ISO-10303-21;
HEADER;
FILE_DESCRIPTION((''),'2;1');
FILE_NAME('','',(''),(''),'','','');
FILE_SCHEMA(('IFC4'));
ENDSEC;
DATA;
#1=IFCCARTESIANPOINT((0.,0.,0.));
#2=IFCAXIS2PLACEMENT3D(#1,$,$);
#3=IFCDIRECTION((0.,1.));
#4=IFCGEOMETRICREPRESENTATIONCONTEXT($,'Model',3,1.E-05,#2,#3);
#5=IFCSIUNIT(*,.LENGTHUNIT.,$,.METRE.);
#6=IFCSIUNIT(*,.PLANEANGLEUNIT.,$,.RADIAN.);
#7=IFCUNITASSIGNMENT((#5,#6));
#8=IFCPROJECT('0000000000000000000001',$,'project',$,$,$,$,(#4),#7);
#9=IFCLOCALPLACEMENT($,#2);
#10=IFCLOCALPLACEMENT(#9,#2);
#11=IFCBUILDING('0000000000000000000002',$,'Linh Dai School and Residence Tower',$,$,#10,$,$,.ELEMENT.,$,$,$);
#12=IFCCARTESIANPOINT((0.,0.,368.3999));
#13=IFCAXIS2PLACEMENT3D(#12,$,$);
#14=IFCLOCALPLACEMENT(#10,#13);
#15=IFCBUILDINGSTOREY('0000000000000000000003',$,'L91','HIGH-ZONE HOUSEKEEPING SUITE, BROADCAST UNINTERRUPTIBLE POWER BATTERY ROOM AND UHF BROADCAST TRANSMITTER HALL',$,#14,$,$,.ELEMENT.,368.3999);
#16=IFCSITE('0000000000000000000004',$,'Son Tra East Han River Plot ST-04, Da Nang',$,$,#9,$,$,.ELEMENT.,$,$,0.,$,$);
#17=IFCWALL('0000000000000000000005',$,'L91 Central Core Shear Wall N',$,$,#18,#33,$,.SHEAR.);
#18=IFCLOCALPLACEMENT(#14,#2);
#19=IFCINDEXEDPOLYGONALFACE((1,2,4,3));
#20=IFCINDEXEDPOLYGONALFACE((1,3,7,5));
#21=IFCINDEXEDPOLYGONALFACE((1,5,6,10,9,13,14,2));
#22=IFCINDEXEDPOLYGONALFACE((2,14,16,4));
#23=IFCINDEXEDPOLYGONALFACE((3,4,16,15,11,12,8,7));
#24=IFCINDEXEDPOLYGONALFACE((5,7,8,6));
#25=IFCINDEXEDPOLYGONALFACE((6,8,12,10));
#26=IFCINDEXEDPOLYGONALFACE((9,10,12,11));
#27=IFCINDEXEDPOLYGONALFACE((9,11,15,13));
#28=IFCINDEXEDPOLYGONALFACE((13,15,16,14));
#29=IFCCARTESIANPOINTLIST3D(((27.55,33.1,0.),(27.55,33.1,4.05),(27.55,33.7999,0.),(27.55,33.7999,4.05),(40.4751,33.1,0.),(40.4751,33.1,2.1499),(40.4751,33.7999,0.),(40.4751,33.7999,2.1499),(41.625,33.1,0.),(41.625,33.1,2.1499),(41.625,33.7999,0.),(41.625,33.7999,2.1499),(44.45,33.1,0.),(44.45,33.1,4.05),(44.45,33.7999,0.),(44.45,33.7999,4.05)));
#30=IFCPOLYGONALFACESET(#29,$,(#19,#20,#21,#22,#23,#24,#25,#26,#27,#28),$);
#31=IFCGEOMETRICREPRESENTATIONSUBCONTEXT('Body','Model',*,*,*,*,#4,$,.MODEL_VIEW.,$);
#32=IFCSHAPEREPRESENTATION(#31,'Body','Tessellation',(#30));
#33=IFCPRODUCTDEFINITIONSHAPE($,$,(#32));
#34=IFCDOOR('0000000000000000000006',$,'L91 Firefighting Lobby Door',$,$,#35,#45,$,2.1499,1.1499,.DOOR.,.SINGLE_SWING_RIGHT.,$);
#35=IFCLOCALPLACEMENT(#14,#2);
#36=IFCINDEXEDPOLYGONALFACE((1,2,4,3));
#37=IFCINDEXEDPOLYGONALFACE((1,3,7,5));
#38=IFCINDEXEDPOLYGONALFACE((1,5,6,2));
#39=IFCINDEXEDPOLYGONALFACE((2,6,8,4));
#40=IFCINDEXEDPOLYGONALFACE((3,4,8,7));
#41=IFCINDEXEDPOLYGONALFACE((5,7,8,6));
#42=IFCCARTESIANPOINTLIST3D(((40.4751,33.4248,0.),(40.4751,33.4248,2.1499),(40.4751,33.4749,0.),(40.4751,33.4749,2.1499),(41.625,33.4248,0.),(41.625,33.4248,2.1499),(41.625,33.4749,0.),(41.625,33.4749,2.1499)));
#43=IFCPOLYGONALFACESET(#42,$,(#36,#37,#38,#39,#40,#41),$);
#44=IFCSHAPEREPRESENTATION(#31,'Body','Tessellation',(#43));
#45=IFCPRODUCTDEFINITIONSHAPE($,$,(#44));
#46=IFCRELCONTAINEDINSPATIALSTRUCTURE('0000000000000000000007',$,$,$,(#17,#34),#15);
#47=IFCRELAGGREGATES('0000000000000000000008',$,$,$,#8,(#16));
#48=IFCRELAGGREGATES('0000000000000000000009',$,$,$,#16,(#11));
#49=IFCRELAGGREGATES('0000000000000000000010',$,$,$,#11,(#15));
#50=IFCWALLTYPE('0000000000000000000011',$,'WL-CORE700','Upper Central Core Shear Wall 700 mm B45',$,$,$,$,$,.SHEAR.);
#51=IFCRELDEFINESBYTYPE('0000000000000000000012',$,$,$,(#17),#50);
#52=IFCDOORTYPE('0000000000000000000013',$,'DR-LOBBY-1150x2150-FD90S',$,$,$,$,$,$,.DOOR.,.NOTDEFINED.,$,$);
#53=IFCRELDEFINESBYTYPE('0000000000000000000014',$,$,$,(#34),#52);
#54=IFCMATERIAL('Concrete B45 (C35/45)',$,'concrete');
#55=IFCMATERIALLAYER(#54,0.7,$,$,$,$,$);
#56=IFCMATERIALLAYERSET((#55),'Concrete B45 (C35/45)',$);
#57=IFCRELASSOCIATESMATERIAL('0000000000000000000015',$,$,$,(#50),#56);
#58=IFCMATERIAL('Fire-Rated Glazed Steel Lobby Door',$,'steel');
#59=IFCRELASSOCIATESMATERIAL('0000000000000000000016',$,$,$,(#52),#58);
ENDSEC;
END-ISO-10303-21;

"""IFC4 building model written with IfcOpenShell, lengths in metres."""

from ifc_helpers import new_model, si_unit, direction, frame, frame_2d, origin, origin_2d, place, context, subcontext, project, spatial, rectangle, extrude, source, transform, mapped, material, layer, layer_set, type_object, element, fill, save


model = new_model("IFC4")

# Units and contexts
model_context = context("Model", 3, precision=1e-05, world=origin(), true_north=direction((0.0, 1.0)))
body_context = subcontext(model_context, "Body", "Model", "MODEL_VIEW")
ifc_project = project(units=[si_unit("LENGTHUNIT", "METRE"), si_unit("PLANEANGLEUNIT", "RADIAN")], contexts=[model_context])

# Site, building, storey
site_placement = place(None, origin())
site = spatial("IfcSite", under=ifc_project, at=site_placement, Name="Son Tra East Han River Plot ST-04, Da Nang", CompositionType="ELEMENT", RefElevation=0.0)
building_placement = place(site_placement, origin())
building = spatial("IfcBuilding", under=site, at=building_placement, Name="Linh Dai School and Residence Tower", CompositionType="ELEMENT")
storey_placement = place(building_placement, frame((0.0, 0.0, 368.3999)))
storey = spatial("IfcBuildingStorey", under=building, at=storey_placement, Name="L91", Description="HIGH-ZONE HOUSEKEEPING SUITE, BROADCAST UNINTERRUPTIBLE POWER BATTERY ROOM AND UHF BROADCAST TRANSMITTER HALL", CompositionType="ELEMENT", Elevation=368.3999)

# Shared definitions
ifc_material_1 = material(Name="Concrete B45 (C35/45)", Category="concrete")

# Wall, opening, door
ifc_layer_1 = layer(ifc_material_1, 0.7)
ifc_layer_set_1 = layer_set([ifc_layer_1], Name="Concrete B45 (C35/45)")
wall_type_1 = type_object("IfcWallType", Name="WL-CORE700", Description="Upper Central Core Shear Wall 700 mm B45", PredefinedType="SHEAR", material=ifc_layer_set_1)
wall_1_placement = place(storey_placement, frame((27.55, 33.45, 0.0), z_axis=(0.0, 0.0, 1.0), x_axis=(1.0, 0.0, 0.0)))
wall_1 = element("IfcWall", 1, at=wall_1_placement, inside=storey, type_object=wall_type_1, Name="L91 Central Core Shear Wall N", PredefinedType="SHEAR", context=body_context, shape_type="SweptSolid", body=[
    extrude(rectangle(XDim=16.8999, YDim=0.7, at=frame_2d((8.45, 0.0))), origin(), (0.0, 0.0, 1.0), 4.05),
])
opening_placement = place(wall_1_placement, frame((12.925, 0.0, 0.0)))
opening = element("IfcOpeningElement", 2, at=opening_placement, cuts=wall_1, PredefinedType="OPENING", context=body_context, shape_type="SweptSolid", body=[
    extrude(rectangle(XDim=1.1499, YDim=2.1499, at=origin_2d()), frame((0.575, 0.3599, 1.075), z_axis=(0.0, -1.0, 0.0), x_axis=(1.0, 0.0, 0.0)), (0.0, 0.0, 1.0), 0.72),
])
ifc_material_2 = material(Name="Fire-Rated Glazed Steel Lobby Door", Category="steel")
door_type = type_object("IfcDoorType", Name="DR-LOBBY-1150x2150-FD90S", OperationType="NOTDEFINED", PredefinedType="DOOR", material=ifc_material_2)
shared_shape_1 = source(origin(), body_context, "Body", "SweptSolid", [
    extrude(rectangle(XDim=1.1499, YDim=2.1499, at=origin_2d()), frame((0.575, 0.0249, 1.075), z_axis=(0.0, -1.0, 0.0), x_axis=(1.0, 0.0, 0.0)), (0.0, 0.0, 1.0), 0.05),
])
door_placement = place(opening_placement, origin())
door = element("IfcDoor", 3, at=door_placement, inside=storey, type_object=door_type, Name="L91 Firefighting Lobby Door", OperationType="SINGLE_SWING_RIGHT", OverallHeight=2.1499, OverallWidth=1.1499, PredefinedType="DOOR", context=body_context, shape_type="MappedRepresentation", body=[
    mapped(shared_shape_1, transform((0.0, 0.0, 0.0), x_axis=(1.0, 0.0, 0.0), y_axis=(0.0, 1.0, 0.0), z_axis=(0.0, 0.0, 1.0), scale=1.0)),
])
fill(opening, door)

save(model, "model.ifc")
